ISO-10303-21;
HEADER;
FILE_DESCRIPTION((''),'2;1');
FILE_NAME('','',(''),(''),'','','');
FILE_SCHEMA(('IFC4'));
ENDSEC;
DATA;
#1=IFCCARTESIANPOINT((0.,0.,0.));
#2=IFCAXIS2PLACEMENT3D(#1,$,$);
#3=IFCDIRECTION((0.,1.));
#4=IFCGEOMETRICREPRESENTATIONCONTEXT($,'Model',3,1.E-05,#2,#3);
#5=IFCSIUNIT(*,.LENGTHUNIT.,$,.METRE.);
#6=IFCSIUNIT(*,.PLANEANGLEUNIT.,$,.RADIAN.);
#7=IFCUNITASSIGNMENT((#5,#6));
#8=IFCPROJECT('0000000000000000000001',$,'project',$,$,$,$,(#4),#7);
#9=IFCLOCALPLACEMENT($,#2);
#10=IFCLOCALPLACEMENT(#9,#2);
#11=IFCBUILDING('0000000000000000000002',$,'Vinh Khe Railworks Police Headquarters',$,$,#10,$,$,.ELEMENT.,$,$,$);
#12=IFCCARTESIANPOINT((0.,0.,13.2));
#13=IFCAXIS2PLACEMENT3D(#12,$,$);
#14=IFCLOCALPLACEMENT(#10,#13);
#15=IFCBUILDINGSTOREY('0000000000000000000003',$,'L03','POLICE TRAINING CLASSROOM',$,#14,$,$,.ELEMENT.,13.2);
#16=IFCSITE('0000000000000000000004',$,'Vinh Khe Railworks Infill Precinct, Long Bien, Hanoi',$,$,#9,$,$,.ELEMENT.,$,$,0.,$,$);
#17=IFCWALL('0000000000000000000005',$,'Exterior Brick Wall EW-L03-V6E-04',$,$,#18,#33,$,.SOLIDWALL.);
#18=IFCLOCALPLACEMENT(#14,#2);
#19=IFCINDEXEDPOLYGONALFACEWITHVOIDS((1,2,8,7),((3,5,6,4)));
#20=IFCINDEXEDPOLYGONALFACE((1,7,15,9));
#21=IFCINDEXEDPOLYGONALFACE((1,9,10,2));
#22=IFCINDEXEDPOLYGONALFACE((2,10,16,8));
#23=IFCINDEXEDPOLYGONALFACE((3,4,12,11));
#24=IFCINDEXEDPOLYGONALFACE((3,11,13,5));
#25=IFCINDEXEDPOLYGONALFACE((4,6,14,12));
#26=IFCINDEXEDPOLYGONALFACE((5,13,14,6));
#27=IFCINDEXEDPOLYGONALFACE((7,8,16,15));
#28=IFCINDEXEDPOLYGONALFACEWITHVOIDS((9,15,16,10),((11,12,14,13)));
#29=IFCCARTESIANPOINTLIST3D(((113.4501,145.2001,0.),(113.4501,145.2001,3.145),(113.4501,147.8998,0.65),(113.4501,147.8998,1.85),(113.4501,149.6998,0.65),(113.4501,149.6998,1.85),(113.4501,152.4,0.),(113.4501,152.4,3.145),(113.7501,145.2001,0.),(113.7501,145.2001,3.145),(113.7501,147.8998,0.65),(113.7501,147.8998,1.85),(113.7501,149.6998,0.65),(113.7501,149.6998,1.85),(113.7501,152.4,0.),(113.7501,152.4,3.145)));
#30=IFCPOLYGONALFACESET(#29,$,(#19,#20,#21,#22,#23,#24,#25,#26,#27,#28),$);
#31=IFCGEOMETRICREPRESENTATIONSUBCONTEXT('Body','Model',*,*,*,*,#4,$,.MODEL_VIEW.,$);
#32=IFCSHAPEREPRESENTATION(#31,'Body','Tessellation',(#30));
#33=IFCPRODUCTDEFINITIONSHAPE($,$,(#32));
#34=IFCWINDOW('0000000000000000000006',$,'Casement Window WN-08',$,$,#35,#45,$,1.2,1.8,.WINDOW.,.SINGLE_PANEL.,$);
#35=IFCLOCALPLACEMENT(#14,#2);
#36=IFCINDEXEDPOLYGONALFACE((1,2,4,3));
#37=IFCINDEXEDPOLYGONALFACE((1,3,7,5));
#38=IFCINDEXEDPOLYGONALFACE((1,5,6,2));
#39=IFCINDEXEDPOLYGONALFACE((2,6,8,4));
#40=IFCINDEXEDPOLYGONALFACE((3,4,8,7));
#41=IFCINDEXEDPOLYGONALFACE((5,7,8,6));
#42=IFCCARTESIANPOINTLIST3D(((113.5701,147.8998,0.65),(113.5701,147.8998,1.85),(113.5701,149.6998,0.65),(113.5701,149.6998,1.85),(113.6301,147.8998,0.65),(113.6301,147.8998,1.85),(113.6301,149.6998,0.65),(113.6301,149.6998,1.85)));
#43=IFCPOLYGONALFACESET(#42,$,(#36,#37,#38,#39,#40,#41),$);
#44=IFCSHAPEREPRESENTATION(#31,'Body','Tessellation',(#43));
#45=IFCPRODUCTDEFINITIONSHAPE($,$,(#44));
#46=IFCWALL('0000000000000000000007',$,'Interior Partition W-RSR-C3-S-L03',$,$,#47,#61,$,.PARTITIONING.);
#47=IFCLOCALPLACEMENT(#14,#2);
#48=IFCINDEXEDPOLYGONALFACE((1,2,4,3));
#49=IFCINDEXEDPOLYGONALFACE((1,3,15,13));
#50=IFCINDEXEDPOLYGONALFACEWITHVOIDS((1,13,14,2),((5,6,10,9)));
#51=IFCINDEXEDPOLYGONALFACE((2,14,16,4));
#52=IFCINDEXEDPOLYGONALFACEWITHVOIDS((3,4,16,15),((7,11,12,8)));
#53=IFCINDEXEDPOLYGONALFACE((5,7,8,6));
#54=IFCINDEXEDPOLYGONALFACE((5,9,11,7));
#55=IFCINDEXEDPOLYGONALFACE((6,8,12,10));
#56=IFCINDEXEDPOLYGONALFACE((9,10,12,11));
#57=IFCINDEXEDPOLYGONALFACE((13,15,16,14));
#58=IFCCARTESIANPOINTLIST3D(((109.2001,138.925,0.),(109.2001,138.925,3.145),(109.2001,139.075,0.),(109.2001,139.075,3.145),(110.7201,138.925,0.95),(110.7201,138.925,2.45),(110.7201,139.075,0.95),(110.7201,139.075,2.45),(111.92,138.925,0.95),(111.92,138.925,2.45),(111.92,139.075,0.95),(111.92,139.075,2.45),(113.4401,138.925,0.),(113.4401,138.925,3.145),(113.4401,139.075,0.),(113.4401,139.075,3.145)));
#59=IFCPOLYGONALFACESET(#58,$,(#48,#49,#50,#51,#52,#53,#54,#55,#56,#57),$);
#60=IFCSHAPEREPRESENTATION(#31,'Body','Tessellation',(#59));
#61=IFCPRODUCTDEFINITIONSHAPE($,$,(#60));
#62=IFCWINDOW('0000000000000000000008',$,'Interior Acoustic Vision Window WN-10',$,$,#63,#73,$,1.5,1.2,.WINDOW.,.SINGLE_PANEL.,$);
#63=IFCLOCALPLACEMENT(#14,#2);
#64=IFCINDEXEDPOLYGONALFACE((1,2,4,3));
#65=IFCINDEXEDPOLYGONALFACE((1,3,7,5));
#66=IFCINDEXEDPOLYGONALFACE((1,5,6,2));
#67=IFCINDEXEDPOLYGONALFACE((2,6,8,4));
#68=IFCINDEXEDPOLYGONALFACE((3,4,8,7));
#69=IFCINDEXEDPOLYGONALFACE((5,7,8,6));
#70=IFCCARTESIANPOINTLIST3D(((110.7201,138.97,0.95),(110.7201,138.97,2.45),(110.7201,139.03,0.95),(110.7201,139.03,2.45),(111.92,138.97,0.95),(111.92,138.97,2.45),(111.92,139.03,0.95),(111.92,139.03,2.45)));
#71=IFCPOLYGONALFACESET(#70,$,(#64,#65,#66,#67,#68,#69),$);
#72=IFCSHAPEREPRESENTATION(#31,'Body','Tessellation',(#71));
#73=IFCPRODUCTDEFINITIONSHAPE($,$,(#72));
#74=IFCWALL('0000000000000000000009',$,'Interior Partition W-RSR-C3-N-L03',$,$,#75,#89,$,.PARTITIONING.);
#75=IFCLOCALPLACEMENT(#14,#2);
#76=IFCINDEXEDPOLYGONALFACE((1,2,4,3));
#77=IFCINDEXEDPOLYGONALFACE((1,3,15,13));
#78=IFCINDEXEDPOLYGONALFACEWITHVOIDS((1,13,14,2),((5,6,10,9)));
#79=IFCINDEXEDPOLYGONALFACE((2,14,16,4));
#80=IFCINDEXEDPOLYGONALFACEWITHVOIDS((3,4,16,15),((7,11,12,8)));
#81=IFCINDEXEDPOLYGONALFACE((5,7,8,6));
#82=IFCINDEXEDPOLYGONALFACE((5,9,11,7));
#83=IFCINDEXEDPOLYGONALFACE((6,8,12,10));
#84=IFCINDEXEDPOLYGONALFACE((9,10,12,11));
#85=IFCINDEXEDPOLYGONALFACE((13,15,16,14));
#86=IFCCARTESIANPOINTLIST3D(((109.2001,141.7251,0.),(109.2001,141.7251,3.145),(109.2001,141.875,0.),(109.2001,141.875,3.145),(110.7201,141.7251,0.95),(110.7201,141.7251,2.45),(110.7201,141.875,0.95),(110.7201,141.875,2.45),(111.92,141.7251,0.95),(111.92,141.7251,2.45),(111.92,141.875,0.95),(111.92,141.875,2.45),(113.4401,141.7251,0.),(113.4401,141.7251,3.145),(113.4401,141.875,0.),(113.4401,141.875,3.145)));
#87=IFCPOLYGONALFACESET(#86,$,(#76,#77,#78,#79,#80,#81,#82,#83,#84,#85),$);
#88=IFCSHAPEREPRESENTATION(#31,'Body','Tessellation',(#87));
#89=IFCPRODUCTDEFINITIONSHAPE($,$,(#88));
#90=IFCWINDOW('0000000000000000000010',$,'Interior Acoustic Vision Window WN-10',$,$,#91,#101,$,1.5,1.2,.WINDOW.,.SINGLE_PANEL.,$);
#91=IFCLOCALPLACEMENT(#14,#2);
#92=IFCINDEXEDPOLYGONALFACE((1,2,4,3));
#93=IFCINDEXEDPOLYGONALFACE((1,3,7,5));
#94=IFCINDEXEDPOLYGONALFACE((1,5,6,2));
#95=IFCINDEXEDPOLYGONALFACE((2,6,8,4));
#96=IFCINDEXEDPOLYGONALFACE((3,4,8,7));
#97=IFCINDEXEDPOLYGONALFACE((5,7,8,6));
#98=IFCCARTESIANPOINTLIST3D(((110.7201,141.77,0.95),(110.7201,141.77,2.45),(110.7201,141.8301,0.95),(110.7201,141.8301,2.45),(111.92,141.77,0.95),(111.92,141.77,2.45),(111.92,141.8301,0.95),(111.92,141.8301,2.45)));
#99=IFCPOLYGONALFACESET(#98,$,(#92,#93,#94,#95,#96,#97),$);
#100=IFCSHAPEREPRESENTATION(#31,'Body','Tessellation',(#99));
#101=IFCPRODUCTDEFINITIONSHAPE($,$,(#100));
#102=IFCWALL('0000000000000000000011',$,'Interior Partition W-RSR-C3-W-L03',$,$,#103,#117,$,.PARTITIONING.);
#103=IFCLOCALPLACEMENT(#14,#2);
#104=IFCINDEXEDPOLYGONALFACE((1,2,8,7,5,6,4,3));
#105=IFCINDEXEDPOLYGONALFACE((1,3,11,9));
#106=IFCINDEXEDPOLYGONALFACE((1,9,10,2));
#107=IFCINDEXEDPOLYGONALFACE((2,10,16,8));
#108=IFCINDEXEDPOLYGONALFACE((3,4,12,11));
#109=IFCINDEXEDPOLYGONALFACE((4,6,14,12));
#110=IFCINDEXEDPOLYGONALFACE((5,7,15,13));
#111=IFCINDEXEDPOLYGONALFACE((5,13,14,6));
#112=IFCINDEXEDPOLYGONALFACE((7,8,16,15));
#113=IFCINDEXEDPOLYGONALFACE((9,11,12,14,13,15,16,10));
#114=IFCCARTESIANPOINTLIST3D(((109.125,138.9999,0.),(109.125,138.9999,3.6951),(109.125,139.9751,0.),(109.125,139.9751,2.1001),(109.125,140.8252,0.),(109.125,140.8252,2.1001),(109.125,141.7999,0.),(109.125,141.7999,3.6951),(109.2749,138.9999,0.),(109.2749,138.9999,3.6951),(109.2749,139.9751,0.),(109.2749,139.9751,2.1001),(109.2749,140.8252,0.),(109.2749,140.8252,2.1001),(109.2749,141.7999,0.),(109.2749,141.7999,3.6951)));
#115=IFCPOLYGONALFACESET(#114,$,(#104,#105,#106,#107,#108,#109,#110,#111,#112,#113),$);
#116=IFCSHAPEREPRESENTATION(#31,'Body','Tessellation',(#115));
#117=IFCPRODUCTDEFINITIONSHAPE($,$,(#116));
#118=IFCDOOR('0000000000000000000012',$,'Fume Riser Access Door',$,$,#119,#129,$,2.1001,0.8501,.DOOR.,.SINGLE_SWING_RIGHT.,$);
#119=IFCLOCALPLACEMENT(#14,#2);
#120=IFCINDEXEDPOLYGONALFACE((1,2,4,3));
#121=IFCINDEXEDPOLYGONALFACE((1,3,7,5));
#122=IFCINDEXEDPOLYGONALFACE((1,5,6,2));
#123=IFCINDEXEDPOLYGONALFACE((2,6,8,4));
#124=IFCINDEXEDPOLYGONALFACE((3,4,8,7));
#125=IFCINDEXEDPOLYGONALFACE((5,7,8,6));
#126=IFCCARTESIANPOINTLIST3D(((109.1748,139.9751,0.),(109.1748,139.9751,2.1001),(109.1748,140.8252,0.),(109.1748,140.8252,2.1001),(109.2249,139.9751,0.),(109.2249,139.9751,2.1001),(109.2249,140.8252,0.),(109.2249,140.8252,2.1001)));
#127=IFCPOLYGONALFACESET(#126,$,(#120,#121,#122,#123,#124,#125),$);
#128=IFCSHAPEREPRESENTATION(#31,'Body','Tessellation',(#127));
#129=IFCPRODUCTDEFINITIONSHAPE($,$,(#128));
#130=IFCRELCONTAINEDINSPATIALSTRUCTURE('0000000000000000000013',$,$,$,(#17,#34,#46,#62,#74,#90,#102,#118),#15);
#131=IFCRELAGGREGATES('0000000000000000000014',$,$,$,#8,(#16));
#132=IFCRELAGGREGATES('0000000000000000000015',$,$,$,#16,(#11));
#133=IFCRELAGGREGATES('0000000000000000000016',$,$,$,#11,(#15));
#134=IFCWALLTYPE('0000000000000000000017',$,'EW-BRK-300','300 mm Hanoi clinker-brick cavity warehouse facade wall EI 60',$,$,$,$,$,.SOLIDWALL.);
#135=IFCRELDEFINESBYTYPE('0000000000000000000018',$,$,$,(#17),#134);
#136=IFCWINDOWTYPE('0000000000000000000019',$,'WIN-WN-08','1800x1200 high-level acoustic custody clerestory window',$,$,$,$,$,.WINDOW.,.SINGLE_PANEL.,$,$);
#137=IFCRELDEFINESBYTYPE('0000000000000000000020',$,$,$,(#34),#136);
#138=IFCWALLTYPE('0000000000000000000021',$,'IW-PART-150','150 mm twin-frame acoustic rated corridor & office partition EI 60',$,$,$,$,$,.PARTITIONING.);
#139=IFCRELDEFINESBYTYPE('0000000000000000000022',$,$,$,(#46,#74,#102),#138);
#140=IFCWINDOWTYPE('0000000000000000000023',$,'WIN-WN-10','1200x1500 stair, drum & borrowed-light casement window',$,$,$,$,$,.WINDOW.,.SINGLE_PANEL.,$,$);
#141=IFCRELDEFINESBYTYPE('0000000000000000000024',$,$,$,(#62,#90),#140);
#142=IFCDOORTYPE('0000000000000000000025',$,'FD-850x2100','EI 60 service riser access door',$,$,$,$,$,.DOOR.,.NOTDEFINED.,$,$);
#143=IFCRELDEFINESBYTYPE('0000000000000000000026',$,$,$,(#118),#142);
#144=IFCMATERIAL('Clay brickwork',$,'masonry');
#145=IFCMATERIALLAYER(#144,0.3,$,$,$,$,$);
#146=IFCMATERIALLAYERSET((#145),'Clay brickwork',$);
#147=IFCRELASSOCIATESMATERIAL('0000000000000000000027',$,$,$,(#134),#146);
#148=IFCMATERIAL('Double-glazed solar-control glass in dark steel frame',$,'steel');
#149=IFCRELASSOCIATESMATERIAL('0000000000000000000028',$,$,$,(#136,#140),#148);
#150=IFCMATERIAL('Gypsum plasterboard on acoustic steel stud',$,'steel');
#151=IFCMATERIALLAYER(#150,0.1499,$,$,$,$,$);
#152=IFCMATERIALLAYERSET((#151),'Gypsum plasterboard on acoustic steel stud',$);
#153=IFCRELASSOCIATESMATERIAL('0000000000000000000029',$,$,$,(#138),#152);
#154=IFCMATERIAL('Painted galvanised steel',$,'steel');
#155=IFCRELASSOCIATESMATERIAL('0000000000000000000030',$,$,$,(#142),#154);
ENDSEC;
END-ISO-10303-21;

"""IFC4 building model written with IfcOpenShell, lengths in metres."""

from ifc_helpers import new_model, si_unit, direction, frame, frame_2d, origin, place, context, subcontext, project, spatial, rectangle, extrude, material, layer, layer_set, type_object, element, fill, save


model = new_model("IFC4")

# Units and contexts
model_context = context("Model", 3, precision=1e-05, world=origin(), true_north=direction((0.0, 1.0)))
body_context = subcontext(model_context, "Body", "Model", "MODEL_VIEW")
ifc_project = project(units=[si_unit("LENGTHUNIT", "METRE"), si_unit("PLANEANGLEUNIT", "RADIAN")], contexts=[model_context])

# Site, building, storey
site_placement = place(None, origin())
site = spatial("IfcSite", under=ifc_project, at=site_placement, Name="Vinh Khe Railworks Infill Precinct, Long Bien, Hanoi", CompositionType="ELEMENT", RefElevation=0.0)
building_placement = place(site_placement, origin())
building = spatial("IfcBuilding", under=site, at=building_placement, Name="Vinh Khe Railworks Police Headquarters", CompositionType="ELEMENT")
storey_placement = place(building_placement, frame((0.0, 0.0, 13.2)))
storey = spatial("IfcBuildingStorey", under=building, at=storey_placement, Name="L03", Description="POLICE TRAINING CLASSROOM", CompositionType="ELEMENT", Elevation=13.2)

# Shared definitions
ifc_material_1 = material(Name="Painted galvanised steel", Category="steel")

# Walls, openings, windows
ifc_material_2 = material(Name="Clay brickwork", Category="masonry")
ifc_layer_1 = layer(ifc_material_2, 0.3)
ifc_layer_set_1 = layer_set([ifc_layer_1], Name="Clay brickwork")
wall_type_1 = type_object("IfcWallType", Name="EW-BRK-300", Description="300 mm Hanoi clinker-brick cavity warehouse facade wall EI 60", PredefinedType="SOLIDWALL", material=ifc_layer_set_1)
wall_1_placement = place(storey_placement, frame((113.6001, 145.2, 0.0), z_axis=(0.0, 0.0, 1.0), x_axis=(0.0, 1.0, 0.0)))
wall_1 = element("IfcWall", 1, at=wall_1_placement, inside=storey, type_object=wall_type_1, Name="Exterior Brick Wall EW-L03-V6E-04", PredefinedType="SOLIDWALL", context=body_context, shape_type="SweptSolid", body=[
    extrude(rectangle(XDim=7.2, YDim=0.3, at=frame_2d((3.6001, 0.0))), origin(), (0.0, 0.0, 1.0), 3.145),
])
opening_1_placement = place(wall_1_placement, frame((2.7, 0.0, 0.6499)))
opening_1 = element("IfcOpeningElement", 2, at=opening_1_placement, cuts=wall_1, PredefinedType="OPENING", context=body_context, shape_type="SweptSolid", body=[
    extrude(rectangle(XDim=1.8, YDim=1.2, at=frame_2d((0.8999, 0.6001))), frame((0.0, 0.165, 0.0), z_axis=(0.0, -1.0, 0.0), x_axis=(1.0, 0.0, 0.0)), (0.0, 0.0, 1.0), 0.3298),
])
ifc_material_3 = material(Name="Double-glazed solar-control glass in dark steel frame", Category="steel")
window_type_1 = type_object("IfcWindowType", Name="WIN-WN-08", Description="1800x1200 high-level acoustic custody clerestory window", PartitioningType="SINGLE_PANEL", PredefinedType="WINDOW", material=ifc_material_3)
window_1_placement = place(opening_1_placement, origin())
window_1 = element("IfcWindow", 3, at=window_1_placement, inside=storey, type_object=window_type_1, Name="Casement Window WN-08", OverallHeight=1.2, OverallWidth=1.8, PartitioningType="SINGLE_PANEL", PredefinedType="WINDOW", context=body_context, shape_type="SweptSolid", body=[
    extrude(rectangle(XDim=1.8, YDim=1.2, at=frame_2d((0.8999, 0.6001))), frame((0.0, 0.03, 0.0), z_axis=(0.0, -1.0, 0.0), x_axis=(1.0, 0.0, 0.0)), (0.0, 0.0, 1.0), 0.0601),
])
fill(opening_1, window_1)
ifc_material_4 = material(Name="Gypsum plasterboard on acoustic steel stud", Category="steel")
ifc_layer_2 = layer(ifc_material_4, 0.1499)
ifc_layer_set_2 = layer_set([ifc_layer_2], Name="Gypsum plasterboard on acoustic steel stud")
wall_type_2 = type_object("IfcWallType", Name="IW-PART-150", Description="150 mm twin-frame acoustic rated corridor & office partition EI 60", PredefinedType="PARTITIONING", material=ifc_layer_set_2)
wall_2_placement = place(storey_placement, frame((109.2, 139.0, 0.0), z_axis=(0.0, 0.0, 1.0), x_axis=(1.0, 0.0, 0.0)))
wall_2 = element("IfcWall", 4, at=wall_2_placement, inside=storey, type_object=wall_type_2, Name="Interior Partition W-RSR-C3-S-L03", PredefinedType="PARTITIONING", context=body_context, shape_type="SweptSolid", body=[
    extrude(rectangle(XDim=4.24, YDim=0.1499, at=frame_2d((2.1201, 0.0))), origin(), (0.0, 0.0, 1.0), 3.145),
])
opening_2_placement = place(wall_2_placement, frame((1.52, 0.0, 0.95)))
opening_2 = element("IfcOpeningElement", 5, at=opening_2_placement, cuts=wall_2, PredefinedType="OPENING", context=body_context, shape_type="SweptSolid", body=[
    extrude(rectangle(XDim=1.2, YDim=1.5, at=frame_2d((0.6001, 0.75))), frame((0.0, 0.0898, 0.0), z_axis=(0.0, -1.0, 0.0), x_axis=(1.0, 0.0, 0.0)), (0.0, 0.0, 1.0), 0.1797),
])
window_type_2 = type_object("IfcWindowType", Name="WIN-WN-10", Description="1200x1500 stair, drum & borrowed-light casement window", PartitioningType="SINGLE_PANEL", PredefinedType="WINDOW", material=ifc_material_3)
window_2_placement = place(opening_2_placement, origin())
window_2 = element("IfcWindow", 6, at=window_2_placement, inside=storey, type_object=window_type_2, Name="Interior Acoustic Vision Window WN-10", OverallHeight=1.5, OverallWidth=1.2, PartitioningType="SINGLE_PANEL", PredefinedType="WINDOW", context=body_context, shape_type="SweptSolid", body=[
    extrude(rectangle(XDim=1.2, YDim=1.5, at=frame_2d((0.6001, 0.75))), frame((0.0, 0.03, 0.0), z_axis=(0.0, -1.0, 0.0), x_axis=(1.0, 0.0, 0.0)), (0.0, 0.0, 1.0), 0.0601),
])
fill(opening_2, window_2)
wall_3_placement = place(storey_placement, frame((109.2, 141.8, 0.0), z_axis=(0.0, 0.0, 1.0), x_axis=(1.0, 0.0, 0.0)))
wall_3 = element("IfcWall", 7, at=wall_3_placement, inside=storey, type_object=wall_type_2, Name="Interior Partition W-RSR-C3-N-L03", PredefinedType="PARTITIONING", context=body_context, shape_type="SweptSolid", body=[
    extrude(rectangle(XDim=4.24, YDim=0.1499, at=frame_2d((2.1201, 0.0))), origin(), (0.0, 0.0, 1.0), 3.145),
])
opening_3_placement = place(wall_3_placement, frame((1.52, 0.0, 0.95)))
opening_3 = element("IfcOpeningElement", 8, at=opening_3_placement, cuts=wall_3, PredefinedType="OPENING", context=body_context, shape_type="SweptSolid", body=[
    extrude(rectangle(XDim=1.2, YDim=1.5, at=frame_2d((0.6001, 0.75))), frame((0.0, 0.0898, 0.0), z_axis=(0.0, -1.0, 0.0), x_axis=(1.0, 0.0, 0.0)), (0.0, 0.0, 1.0), 0.1797),
])
window_3_placement = place(opening_3_placement, origin())
window_3 = element("IfcWindow", 9, at=window_3_placement, inside=storey, type_object=window_type_2, Name="Interior Acoustic Vision Window WN-10", OverallHeight=1.5, OverallWidth=1.2, PartitioningType="SINGLE_PANEL", PredefinedType="WINDOW", context=body_context, shape_type="SweptSolid", body=[
    extrude(rectangle(XDim=1.2, YDim=1.5, at=frame_2d((0.6001, 0.75))), frame((0.0, 0.03, 0.0), z_axis=(0.0, -1.0, 0.0), x_axis=(1.0, 0.0, 0.0)), (0.0, 0.0, 1.0), 0.0601),
])
fill(opening_3, window_3)

# Wall, opening, door
wall_4_placement = place(storey_placement, frame((109.2, 139.0, 0.0), z_axis=(0.0, 0.0, 1.0), x_axis=(0.0, 1.0, 0.0)))
wall_4 = element("IfcWall", 10, at=wall_4_placement, inside=storey, type_object=wall_type_2, Name="Interior Partition W-RSR-C3-W-L03", PredefinedType="PARTITIONING", context=body_context, shape_type="SweptSolid", body=[
    extrude(rectangle(XDim=2.8, YDim=0.1499, at=frame_2d((1.3999, 0.0))), origin(), (0.0, 0.0, 1.0), 3.6951),
])
opening_4_placement = place(wall_4_placement, frame((0.9751, 0.0, 0.0)))
opening_4 = element("IfcOpeningElement", 11, at=opening_4_placement, cuts=wall_4, PredefinedType="OPENING", context=body_context, shape_type="SweptSolid", body=[
    extrude(rectangle(XDim=0.8501, YDim=2.1001, at=frame_2d((0.425, 1.05))), frame((0.0, 0.0898, 0.0), z_axis=(0.0, -1.0, 0.0), x_axis=(1.0, 0.0, 0.0)), (0.0, 0.0, 1.0), 0.1797),
])
door_type_1 = type_object("IfcDoorType", Name="FD-850x2100", Description="EI 60 service riser access door", OperationType="NOTDEFINED", PredefinedType="DOOR", material=ifc_material_1)
door_1_placement = place(opening_4_placement, frame((0.8501, 0.0, 0.0), z_axis=(0.0, 0.0, 1.0), x_axis=(-1.0, 0.0, 0.0)))
door_1 = element("IfcDoor", 12, at=door_1_placement, inside=storey, type_object=door_type_1, Name="Fume Riser Access Door", OperationType="SINGLE_SWING_RIGHT", OverallHeight=2.1001, OverallWidth=0.8501, PredefinedType="DOOR", context=body_context, shape_type="SweptSolid", body=[
    extrude(rectangle(XDim=0.8501, YDim=2.1001, at=frame_2d((0.425, 1.05))), frame((0.0, 0.0249, 0.0), z_axis=(0.0, -1.0, 0.0), x_axis=(1.0, 0.0, 0.0)), (0.0, 0.0, 1.0), 0.05),
])
fill(opening_4, door_1)

save(model, "model.ifc")
